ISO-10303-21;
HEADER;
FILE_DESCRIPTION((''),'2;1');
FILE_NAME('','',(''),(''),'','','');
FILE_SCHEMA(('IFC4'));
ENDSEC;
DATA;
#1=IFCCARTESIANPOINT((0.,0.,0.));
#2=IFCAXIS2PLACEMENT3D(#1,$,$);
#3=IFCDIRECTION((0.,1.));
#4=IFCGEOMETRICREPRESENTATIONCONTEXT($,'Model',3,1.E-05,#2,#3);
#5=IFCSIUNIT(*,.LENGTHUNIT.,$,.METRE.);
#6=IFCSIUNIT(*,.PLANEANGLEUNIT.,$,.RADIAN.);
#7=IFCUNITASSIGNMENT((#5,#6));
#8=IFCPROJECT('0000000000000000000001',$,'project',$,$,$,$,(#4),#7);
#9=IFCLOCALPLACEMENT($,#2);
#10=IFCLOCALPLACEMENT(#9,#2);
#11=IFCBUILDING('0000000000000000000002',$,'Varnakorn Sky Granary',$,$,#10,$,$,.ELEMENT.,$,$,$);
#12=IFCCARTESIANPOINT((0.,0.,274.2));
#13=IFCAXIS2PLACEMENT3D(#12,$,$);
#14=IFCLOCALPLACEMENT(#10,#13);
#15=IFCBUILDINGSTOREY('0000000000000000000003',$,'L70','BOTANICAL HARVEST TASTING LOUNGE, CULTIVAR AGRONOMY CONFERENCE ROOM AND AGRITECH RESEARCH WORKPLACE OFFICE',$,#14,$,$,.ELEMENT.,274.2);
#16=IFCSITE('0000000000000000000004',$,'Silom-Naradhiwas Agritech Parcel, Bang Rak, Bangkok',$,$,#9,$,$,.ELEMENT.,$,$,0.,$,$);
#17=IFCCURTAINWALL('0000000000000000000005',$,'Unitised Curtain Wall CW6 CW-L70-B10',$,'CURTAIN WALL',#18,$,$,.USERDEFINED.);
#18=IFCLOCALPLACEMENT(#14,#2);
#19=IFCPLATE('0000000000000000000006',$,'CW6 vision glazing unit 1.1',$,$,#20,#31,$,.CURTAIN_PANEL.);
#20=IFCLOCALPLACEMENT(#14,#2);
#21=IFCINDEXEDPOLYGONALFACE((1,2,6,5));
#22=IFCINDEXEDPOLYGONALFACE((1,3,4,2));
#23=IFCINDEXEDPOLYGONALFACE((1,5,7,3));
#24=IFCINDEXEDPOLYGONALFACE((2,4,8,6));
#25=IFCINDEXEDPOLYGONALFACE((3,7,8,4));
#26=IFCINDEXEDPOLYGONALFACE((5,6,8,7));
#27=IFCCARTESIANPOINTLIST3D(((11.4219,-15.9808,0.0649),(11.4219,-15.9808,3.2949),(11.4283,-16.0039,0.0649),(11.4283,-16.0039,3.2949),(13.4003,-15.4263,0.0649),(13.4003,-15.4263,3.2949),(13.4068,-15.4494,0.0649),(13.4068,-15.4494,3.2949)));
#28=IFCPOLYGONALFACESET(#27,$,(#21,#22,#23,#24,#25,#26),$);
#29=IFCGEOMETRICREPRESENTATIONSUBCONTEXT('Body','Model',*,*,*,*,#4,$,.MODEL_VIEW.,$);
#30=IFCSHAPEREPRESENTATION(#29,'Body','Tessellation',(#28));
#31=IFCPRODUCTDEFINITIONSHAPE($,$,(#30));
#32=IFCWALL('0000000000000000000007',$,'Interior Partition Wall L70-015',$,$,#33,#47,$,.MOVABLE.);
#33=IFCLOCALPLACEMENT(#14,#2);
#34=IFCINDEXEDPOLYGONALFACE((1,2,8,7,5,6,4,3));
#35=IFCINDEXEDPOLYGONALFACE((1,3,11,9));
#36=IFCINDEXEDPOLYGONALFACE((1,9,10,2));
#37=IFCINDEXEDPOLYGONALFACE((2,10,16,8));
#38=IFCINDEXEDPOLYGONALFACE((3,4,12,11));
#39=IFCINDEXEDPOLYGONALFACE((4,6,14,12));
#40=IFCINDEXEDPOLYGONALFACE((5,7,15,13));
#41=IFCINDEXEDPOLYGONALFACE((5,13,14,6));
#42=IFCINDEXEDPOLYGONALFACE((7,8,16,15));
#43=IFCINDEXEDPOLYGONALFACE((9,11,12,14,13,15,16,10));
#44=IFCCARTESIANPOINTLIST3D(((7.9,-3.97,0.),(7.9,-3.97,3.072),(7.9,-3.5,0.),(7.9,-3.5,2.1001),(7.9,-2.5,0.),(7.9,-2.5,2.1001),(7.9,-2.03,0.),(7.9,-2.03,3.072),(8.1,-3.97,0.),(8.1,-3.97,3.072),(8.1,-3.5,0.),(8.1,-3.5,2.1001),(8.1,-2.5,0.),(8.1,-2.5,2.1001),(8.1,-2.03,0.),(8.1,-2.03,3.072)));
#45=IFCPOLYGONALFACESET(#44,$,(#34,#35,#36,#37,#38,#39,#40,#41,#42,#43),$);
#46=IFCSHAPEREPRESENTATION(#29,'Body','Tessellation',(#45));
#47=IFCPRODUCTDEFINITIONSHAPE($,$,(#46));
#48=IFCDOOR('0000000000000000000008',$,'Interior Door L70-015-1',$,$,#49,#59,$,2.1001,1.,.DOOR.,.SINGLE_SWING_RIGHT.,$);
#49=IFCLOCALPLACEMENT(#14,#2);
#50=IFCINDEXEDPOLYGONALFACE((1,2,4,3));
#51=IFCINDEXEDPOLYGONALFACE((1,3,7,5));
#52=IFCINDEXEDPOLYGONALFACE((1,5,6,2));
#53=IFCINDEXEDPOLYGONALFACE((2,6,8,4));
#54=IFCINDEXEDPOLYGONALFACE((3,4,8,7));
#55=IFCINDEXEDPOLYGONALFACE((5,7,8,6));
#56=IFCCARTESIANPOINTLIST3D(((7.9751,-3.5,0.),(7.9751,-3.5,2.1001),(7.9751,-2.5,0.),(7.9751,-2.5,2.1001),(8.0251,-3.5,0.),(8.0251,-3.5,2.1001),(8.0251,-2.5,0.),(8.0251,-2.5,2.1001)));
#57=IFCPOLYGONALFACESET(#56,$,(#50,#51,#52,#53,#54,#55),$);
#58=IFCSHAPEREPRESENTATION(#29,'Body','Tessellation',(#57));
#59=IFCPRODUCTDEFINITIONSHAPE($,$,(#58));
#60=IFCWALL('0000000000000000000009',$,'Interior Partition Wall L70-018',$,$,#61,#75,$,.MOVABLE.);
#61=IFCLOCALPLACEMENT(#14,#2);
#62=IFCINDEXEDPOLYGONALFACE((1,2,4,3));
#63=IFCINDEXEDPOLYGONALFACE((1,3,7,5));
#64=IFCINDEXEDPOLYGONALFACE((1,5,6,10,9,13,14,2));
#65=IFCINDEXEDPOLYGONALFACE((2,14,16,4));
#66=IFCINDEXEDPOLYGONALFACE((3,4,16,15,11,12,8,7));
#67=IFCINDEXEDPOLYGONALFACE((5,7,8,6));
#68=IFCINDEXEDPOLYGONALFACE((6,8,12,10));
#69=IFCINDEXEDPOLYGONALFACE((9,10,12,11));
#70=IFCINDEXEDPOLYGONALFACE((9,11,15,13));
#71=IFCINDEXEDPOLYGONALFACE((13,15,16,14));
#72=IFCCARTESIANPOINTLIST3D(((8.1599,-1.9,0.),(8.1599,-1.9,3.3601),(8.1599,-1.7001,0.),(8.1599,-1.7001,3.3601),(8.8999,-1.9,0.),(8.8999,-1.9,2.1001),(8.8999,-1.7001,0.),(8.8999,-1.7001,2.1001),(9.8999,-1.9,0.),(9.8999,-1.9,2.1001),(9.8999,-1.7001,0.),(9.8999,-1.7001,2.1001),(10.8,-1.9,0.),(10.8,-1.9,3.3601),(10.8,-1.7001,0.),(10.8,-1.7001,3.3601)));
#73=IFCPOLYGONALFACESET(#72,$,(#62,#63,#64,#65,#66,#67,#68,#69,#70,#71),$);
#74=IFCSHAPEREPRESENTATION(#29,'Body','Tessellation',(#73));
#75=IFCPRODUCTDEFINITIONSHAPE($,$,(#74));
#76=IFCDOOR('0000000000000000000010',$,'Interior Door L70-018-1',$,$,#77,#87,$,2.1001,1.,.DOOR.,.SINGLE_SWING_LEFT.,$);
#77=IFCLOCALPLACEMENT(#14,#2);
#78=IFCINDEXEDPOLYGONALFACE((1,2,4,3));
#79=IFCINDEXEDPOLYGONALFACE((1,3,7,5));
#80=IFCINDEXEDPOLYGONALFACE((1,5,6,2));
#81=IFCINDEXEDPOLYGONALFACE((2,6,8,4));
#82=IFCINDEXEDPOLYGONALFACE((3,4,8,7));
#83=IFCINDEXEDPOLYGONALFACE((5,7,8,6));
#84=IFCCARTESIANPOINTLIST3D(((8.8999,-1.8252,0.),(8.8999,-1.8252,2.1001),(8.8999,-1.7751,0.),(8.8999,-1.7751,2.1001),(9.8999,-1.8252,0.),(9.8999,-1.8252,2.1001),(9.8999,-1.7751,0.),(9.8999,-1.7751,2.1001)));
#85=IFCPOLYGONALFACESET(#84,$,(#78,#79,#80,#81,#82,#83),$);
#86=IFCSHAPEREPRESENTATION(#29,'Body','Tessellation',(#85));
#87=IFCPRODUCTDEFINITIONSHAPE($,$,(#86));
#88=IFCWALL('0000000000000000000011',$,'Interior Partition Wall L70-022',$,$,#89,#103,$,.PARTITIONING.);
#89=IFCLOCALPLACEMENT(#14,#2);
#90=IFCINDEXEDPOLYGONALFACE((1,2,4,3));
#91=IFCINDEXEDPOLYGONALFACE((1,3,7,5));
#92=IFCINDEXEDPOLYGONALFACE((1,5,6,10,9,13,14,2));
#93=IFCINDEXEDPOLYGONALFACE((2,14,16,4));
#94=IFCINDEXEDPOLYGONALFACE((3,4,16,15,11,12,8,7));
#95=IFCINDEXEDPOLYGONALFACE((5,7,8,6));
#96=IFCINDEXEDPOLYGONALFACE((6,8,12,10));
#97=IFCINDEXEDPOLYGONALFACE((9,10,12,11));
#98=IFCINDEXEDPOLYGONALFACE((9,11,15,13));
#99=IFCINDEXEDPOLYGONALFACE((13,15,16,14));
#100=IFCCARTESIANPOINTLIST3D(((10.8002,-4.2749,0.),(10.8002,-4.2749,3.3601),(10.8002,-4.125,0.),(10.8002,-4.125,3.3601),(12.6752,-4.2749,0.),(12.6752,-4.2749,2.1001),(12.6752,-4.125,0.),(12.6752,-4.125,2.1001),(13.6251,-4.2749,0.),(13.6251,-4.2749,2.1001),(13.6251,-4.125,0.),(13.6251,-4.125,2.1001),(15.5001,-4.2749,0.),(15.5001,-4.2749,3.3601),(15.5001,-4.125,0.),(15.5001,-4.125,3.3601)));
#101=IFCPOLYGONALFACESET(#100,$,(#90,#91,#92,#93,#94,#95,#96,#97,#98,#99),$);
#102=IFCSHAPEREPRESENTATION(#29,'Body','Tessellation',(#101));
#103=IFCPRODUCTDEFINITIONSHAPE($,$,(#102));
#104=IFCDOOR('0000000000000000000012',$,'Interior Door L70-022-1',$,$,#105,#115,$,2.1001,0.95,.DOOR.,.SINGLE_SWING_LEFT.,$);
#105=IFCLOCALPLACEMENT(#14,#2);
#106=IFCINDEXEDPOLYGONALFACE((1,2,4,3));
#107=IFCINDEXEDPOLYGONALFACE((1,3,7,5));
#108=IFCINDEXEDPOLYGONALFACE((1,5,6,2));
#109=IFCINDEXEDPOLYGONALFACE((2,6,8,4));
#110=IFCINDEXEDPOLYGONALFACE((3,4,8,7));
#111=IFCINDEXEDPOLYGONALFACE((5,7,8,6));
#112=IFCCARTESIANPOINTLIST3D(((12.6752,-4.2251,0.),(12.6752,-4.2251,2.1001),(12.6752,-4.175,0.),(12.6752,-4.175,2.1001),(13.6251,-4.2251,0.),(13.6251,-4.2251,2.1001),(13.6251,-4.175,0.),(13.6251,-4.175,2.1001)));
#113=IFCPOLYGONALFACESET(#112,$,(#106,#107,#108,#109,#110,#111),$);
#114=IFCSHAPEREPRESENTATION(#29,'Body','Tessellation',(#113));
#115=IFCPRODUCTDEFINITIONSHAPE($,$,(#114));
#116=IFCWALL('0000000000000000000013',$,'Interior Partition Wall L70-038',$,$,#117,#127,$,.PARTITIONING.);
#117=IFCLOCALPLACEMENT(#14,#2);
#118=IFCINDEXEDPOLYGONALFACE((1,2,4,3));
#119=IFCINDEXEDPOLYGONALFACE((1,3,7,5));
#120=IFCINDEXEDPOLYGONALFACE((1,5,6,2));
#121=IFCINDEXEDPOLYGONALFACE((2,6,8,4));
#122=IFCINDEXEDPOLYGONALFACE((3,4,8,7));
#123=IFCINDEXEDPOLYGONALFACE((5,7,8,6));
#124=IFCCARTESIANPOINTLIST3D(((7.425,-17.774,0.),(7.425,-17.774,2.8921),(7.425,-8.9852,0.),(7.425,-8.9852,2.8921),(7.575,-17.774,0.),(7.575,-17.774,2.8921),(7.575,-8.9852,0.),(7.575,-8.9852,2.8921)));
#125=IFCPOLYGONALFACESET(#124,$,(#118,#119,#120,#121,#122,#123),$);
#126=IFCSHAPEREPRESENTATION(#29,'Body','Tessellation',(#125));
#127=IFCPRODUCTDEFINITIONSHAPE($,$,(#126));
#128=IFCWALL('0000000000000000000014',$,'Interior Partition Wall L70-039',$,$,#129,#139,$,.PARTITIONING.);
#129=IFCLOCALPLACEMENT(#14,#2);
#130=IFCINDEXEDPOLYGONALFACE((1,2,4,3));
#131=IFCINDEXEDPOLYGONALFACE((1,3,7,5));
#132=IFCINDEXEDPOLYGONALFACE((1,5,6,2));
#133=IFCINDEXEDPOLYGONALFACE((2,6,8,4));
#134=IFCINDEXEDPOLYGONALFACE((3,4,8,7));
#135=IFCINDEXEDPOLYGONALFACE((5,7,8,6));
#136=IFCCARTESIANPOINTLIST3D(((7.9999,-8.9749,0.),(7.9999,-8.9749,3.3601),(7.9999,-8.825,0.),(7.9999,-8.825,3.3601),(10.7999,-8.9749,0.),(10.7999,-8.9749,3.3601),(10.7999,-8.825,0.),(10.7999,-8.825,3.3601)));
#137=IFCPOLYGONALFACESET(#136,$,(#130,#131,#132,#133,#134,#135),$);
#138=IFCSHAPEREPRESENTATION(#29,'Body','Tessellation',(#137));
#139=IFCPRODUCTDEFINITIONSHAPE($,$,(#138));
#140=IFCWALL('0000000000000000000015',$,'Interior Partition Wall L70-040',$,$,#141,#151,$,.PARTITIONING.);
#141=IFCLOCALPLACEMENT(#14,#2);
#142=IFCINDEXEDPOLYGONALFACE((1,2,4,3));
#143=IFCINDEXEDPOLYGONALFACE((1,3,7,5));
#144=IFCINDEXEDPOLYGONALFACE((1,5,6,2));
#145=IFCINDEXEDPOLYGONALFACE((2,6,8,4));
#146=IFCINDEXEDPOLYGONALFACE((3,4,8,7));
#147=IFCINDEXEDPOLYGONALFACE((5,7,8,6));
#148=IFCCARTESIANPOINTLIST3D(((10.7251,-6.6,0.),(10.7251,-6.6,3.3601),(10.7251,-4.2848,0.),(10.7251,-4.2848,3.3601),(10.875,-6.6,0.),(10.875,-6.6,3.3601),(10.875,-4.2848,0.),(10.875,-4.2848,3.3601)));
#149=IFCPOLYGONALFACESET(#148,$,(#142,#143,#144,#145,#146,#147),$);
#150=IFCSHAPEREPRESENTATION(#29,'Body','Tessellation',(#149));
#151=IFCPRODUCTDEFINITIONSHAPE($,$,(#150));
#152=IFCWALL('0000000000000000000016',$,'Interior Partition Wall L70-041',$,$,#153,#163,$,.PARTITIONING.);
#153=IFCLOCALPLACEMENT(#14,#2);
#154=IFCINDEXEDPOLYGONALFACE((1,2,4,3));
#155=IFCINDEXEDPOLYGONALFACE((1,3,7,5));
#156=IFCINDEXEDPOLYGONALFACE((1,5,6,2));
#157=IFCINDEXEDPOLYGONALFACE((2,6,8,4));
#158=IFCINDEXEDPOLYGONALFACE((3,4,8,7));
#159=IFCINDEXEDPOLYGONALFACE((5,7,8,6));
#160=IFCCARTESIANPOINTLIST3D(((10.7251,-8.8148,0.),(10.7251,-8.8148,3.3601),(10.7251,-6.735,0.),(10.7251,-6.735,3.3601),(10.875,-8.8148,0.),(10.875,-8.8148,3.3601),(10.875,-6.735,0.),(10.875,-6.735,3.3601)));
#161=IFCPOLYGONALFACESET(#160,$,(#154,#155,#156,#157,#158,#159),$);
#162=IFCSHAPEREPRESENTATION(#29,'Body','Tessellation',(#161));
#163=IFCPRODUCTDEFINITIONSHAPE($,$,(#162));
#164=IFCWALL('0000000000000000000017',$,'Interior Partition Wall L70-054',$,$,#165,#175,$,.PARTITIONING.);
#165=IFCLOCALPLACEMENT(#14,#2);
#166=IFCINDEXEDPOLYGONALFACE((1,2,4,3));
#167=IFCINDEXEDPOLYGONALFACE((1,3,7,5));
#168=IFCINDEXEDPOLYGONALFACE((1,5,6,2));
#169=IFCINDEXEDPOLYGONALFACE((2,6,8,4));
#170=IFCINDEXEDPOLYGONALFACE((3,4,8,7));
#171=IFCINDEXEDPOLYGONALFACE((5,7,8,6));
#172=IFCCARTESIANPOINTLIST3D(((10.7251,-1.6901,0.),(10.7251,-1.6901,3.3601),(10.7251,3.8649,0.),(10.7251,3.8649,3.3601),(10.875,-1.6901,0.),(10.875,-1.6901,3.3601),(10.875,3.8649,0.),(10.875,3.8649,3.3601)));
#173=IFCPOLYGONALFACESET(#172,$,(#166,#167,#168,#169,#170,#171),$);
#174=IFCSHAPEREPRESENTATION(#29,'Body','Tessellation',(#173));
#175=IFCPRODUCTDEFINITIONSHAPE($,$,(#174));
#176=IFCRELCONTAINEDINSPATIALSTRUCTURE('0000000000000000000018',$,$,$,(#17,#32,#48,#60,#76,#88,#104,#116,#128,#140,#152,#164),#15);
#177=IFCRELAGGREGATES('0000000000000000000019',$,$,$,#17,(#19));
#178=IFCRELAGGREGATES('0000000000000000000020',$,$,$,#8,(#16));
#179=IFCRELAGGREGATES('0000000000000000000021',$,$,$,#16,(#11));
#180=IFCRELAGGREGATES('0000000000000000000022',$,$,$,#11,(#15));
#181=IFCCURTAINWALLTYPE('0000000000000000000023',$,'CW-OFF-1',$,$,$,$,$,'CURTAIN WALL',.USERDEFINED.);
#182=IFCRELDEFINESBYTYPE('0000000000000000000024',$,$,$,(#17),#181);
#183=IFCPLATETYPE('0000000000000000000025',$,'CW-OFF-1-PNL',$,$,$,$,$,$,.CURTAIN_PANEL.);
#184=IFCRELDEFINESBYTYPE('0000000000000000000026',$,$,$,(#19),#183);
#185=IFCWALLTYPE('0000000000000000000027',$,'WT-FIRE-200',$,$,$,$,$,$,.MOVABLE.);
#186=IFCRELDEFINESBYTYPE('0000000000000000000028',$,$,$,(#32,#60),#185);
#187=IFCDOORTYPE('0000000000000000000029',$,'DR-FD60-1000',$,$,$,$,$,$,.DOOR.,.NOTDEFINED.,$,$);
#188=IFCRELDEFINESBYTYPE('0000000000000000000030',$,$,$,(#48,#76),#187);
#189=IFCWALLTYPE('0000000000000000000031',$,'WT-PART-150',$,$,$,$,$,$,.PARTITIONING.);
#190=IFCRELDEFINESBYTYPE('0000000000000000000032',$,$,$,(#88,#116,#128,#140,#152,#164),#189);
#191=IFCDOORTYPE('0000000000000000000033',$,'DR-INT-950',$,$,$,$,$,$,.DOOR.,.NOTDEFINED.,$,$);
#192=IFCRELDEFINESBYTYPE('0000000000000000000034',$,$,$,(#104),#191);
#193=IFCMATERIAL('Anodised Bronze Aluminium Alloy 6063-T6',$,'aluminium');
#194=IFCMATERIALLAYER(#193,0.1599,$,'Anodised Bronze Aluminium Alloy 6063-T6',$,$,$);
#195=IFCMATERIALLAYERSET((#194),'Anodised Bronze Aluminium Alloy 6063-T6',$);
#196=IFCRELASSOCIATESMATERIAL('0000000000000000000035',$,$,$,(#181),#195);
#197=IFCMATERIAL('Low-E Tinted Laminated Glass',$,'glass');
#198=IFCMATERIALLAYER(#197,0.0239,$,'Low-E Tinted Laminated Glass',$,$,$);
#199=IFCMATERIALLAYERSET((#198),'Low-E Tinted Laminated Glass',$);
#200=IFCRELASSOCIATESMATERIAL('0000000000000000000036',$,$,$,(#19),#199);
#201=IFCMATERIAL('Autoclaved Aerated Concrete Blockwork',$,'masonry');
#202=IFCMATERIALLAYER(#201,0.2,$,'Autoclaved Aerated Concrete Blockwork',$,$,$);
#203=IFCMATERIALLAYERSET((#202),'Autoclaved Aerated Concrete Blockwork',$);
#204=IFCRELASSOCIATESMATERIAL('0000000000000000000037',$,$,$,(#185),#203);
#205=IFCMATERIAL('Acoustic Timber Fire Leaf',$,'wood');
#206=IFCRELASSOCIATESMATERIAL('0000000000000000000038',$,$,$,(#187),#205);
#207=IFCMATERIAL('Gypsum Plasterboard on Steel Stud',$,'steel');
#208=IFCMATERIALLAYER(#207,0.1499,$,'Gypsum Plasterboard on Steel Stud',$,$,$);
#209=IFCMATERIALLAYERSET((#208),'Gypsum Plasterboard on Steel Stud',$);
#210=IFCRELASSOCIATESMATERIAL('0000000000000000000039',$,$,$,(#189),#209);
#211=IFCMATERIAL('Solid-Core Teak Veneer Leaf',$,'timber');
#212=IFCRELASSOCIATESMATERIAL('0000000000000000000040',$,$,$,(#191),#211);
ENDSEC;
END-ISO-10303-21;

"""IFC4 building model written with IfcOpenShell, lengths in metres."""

from ifc_helpers import new_model, si_unit, direction, frame, frame_2d, origin, origin_2d, place, context, subcontext, project, spatial, rectangle, extrude, source, transform, mapped, material, layer, layer_set, type_object, type_shapes, element, fill, aggregate, save


model = new_model("IFC4")

# Units and contexts
model_context = context("Model", 3, precision=1e-05, world=origin(), true_north=direction((0.0, 1.0)))
body_context = subcontext(model_context, "Body", "Model", "MODEL_VIEW")
ifc_project = project(units=[si_unit("LENGTHUNIT", "METRE"), si_unit("PLANEANGLEUNIT", "RADIAN")], contexts=[model_context])

# Site, building, storey
site_placement = place(None, origin())
site = spatial("IfcSite", under=ifc_project, at=site_placement, Name="Silom-Naradhiwas Agritech Parcel, Bang Rak, Bangkok", CompositionType="ELEMENT", RefElevation=0.0)
building_placement = place(site_placement, origin())
building = spatial("IfcBuilding", under=site, at=building_placement, Name="Varnakorn Sky Granary", CompositionType="ELEMENT")
storey_placement = place(building_placement, frame((0.0, 0.0, 274.2)))
storey = spatial("IfcBuildingStorey", under=building, at=storey_placement, Name="L70", Description="BOTANICAL HARVEST TASTING LOUNGE, CULTIVAR AGRONOMY CONFERENCE ROOM AND AGRITECH RESEARCH WORKPLACE OFFICE", CompositionType="ELEMENT", Elevation=274.2)

# Curtain wall, plate
ifc_material_1 = material(Name="Anodised Bronze Aluminium Alloy 6063-T6", Category="aluminium")
ifc_layer_1 = layer(ifc_material_1, 0.1599, Name="Anodised Bronze Aluminium Alloy 6063-T6")
ifc_layer_set_1 = layer_set([ifc_layer_1], Name="Anodised Bronze Aluminium Alloy 6063-T6")
curtain_wall_type = type_object("IfcCurtainWallType", Name="CW-OFF-1", ElementType="CURTAIN WALL", PredefinedType="USERDEFINED", material=ifc_layer_set_1)
curtain_wall_placement = place(storey_placement, origin())
curtain_wall = element("IfcCurtainWall", 1, at=curtain_wall_placement, inside=storey, type_object=curtain_wall_type, Name="Unitised Curtain Wall CW6 CW-L70-B10", ObjectType="CURTAIN WALL", PredefinedType="USERDEFINED")
ifc_material_2 = material(Name="Low-E Tinted Laminated Glass", Category="glass")
ifc_layer_2 = layer(ifc_material_2, 0.0239, Name="Low-E Tinted Laminated Glass")
ifc_layer_set_2 = layer_set([ifc_layer_2], Name="Low-E Tinted Laminated Glass")
plate_type = type_object("IfcPlateType", Name="CW-OFF-1-PNL", PredefinedType="CURTAIN_PANEL")
shared_shape = source(origin(), body_context, "Body", "SweptSolid", [
    extrude(rectangle(XDim=2.0547, YDim=0.0239, at=origin_2d()), origin(), (0.0, 0.0, 1.0), 3.23),
])
type_shapes(plate_type, [shared_shape])
plate_placement = place(storey_placement, frame((12.4143, -15.7151, 0.0649), z_axis=(0.0, 0.0, 1.0), x_axis=(-0.962897, -0.269869, 0.0)))
plate = element("IfcPlate", 2, at=plate_placement, type_object=plate_type, material=ifc_layer_set_2, Name="CW6 vision glazing unit 1.1", PredefinedType="CURTAIN_PANEL", context=body_context, shape_type="MappedRepresentation", body=[
    mapped(shared_shape, transform((0.0, 0.0, 0.0), x_axis=(1.0, 0.0, 0.0), y_axis=(0.0, 1.0, 0.0), z_axis=(0.0, 0.0, 1.0), scale=1.0)),
])
aggregate(curtain_wall, [plate])

# Walls, openings, doors
ifc_material_3 = material(Name="Autoclaved Aerated Concrete Blockwork", Category="masonry")
ifc_layer_3 = layer(ifc_material_3, 0.2, Name="Autoclaved Aerated Concrete Blockwork")
ifc_layer_set_3 = layer_set([ifc_layer_3], Name="Autoclaved Aerated Concrete Blockwork")
wall_type_1 = type_object("IfcWallType", Name="WT-FIRE-200", PredefinedType="MOVABLE", material=ifc_layer_set_3)
wall_1_placement = place(storey_placement, frame((8.0, -3.97, 0.0), z_axis=(0.0, 0.0, 1.0), x_axis=(0.0, 1.0, 0.0)))
wall_1 = element("IfcWall", 3, at=wall_1_placement, inside=storey, type_object=wall_type_1, Name="Interior Partition Wall L70-015", PredefinedType="MOVABLE", context=body_context, shape_type="SweptSolid", body=[
    extrude(rectangle(XDim=1.9399, YDim=0.2, at=frame_2d((0.97, 0.0))), origin(), (0.0, 0.0, 1.0), 3.072),
])
opening_1_placement = place(wall_1_placement, frame((0.47, 0.0, 0.0)))
opening_1 = element("IfcOpeningElement", 4, at=opening_1_placement, cuts=wall_1, PredefinedType="OPENING", context=body_context, shape_type="SweptSolid", body=[
    extrude(rectangle(XDim=1.0, YDim=2.1001, at=frame_2d((0.5, 1.05))), frame((0.0, 0.1099, 0.0), z_axis=(0.0, -1.0, 0.0), x_axis=(1.0, 0.0, 0.0)), (0.0, 0.0, 1.0), 0.22),
])
ifc_material_4 = material(Name="Acoustic Timber Fire Leaf", Category="wood")
door_type_1 = type_object("IfcDoorType", Name="DR-FD60-1000", OperationType="NOTDEFINED", PredefinedType="DOOR", material=ifc_material_4)
door_1_placement = place(opening_1_placement, origin())
door_1 = element("IfcDoor", 5, at=door_1_placement, inside=storey, type_object=door_type_1, Name="Interior Door L70-015-1", OperationType="SINGLE_SWING_RIGHT", OverallHeight=2.1001, OverallWidth=1.0, PredefinedType="DOOR", context=body_context, shape_type="SweptSolid", body=[
    extrude(rectangle(XDim=1.0, YDim=2.1001, at=frame_2d((0.5, 1.05))), frame((0.0, 0.0249, 0.0), z_axis=(0.0, -1.0, 0.0), x_axis=(1.0, 0.0, 0.0)), (0.0, 0.0, 1.0), 0.05),
])
fill(opening_1, door_1)
wall_2_placement = place(storey_placement, frame((8.1599, -1.8, 0.0), z_axis=(0.0, 0.0, 1.0), x_axis=(1.0, 0.0, 0.0)))
wall_2 = element("IfcWall", 6, at=wall_2_placement, inside=storey, type_object=wall_type_1, Name="Interior Partition Wall L70-018", PredefinedType="MOVABLE", context=body_context, shape_type="SweptSolid", body=[
    extrude(rectangle(XDim=2.6401, YDim=0.2, at=frame_2d((1.3201, 0.0))), origin(), (0.0, 0.0, 1.0), 3.3601),
])
opening_2_placement = place(wall_2_placement, frame((0.74, 0.0, 0.0)))
opening_2 = element("IfcOpeningElement", 7, at=opening_2_placement, cuts=wall_2, PredefinedType="OPENING", context=body_context, shape_type="SweptSolid", body=[
    extrude(rectangle(XDim=1.0, YDim=2.1001, at=frame_2d((0.5, 1.05))), frame((0.0, 0.1099, 0.0), z_axis=(0.0, -1.0, 0.0), x_axis=(1.0, 0.0, 0.0)), (0.0, 0.0, 1.0), 0.22),
])
door_2_placement = place(opening_2_placement, origin())
door_2 = element("IfcDoor", 8, at=door_2_placement, inside=storey, type_object=door_type_1, Name="Interior Door L70-018-1", OperationType="SINGLE_SWING_LEFT", OverallHeight=2.1001, OverallWidth=1.0, PredefinedType="DOOR", context=body_context, shape_type="SweptSolid", body=[
    extrude(rectangle(XDim=1.0, YDim=2.1001, at=frame_2d((0.5, 1.05))), frame((0.0, 0.0249, 0.0), z_axis=(0.0, -1.0, 0.0), x_axis=(1.0, 0.0, 0.0)), (0.0, 0.0, 1.0), 0.05),
])
fill(opening_2, door_2)
ifc_material_5 = material(Name="Gypsum Plasterboard on Steel Stud", Category="steel")
ifc_layer_4 = layer(ifc_material_5, 0.1499, Name="Gypsum Plasterboard on Steel Stud")
ifc_layer_set_4 = layer_set([ifc_layer_4], Name="Gypsum Plasterboard on Steel Stud")
wall_type_2 = type_object("IfcWallType", Name="WT-PART-150", PredefinedType="PARTITIONING", material=ifc_layer_set_4)
wall_3_placement = place(storey_placement, frame((10.8, -4.2, 0.0), z_axis=(0.0, 0.0, 1.0), x_axis=(1.0, 0.0, 0.0)))
wall_3 = element("IfcWall", 9, at=wall_3_placement, inside=storey, type_object=wall_type_2, Name="Interior Partition Wall L70-022", PredefinedType="PARTITIONING", context=body_context, shape_type="SweptSolid", body=[
    extrude(rectangle(XDim=4.7, YDim=0.1499, at=frame_2d((2.3501, 0.0))), origin(), (0.0, 0.0, 1.0), 3.3601),
])
opening_3_placement = place(wall_3_placement, frame((1.875, 0.0, 0.0)))
opening_3 = element("IfcOpeningElement", 10, at=opening_3_placement, cuts=wall_3, PredefinedType="OPENING", context=body_context, shape_type="SweptSolid", body=[
    extrude(rectangle(XDim=0.95, YDim=2.1001, at=frame_2d((0.4751, 1.05))), frame((0.0, 0.085, 0.0), z_axis=(0.0, -1.0, 0.0), x_axis=(1.0, 0.0, 0.0)), (0.0, 0.0, 1.0), 0.1699),
])
ifc_material_6 = material(Name="Solid-Core Teak Veneer Leaf", Category="timber")
door_type_2 = type_object("IfcDoorType", Name="DR-INT-950", OperationType="NOTDEFINED", PredefinedType="DOOR", material=ifc_material_6)
door_3_placement = place(opening_3_placement, origin())
door_3 = element("IfcDoor", 11, at=door_3_placement, inside=storey, type_object=door_type_2, Name="Interior Door L70-022-1", OperationType="SINGLE_SWING_LEFT", OverallHeight=2.1001, OverallWidth=0.95, PredefinedType="DOOR", context=body_context, shape_type="SweptSolid", body=[
    extrude(rectangle(XDim=0.95, YDim=2.1001, at=frame_2d((0.4751, 1.05))), frame((0.0, 0.0249, 0.0), z_axis=(0.0, -1.0, 0.0), x_axis=(1.0, 0.0, 0.0)), (0.0, 0.0, 1.0), 0.05),
])
fill(opening_3, door_3)

# Walls
wall_4_placement = place(storey_placement, frame((7.5, -8.9851, 0.0), z_axis=(0.0, 0.0, 1.0), x_axis=(0.0, -1.0, 0.0)))
element("IfcWall", 12, at=wall_4_placement, inside=storey, type_object=wall_type_2, Name="Interior Partition Wall L70-038", PredefinedType="PARTITIONING", context=body_context, shape_type="SweptSolid", body=[
    extrude(rectangle(XDim=8.7888, YDim=0.1499, at=frame_2d((4.3945, 0.0))), origin(), (0.0, 0.0, 1.0), 2.8921),
])
wall_5_placement = place(storey_placement, frame((8.0, -8.8999, 0.0), z_axis=(0.0, 0.0, 1.0), x_axis=(1.0, 0.0, 0.0)))
element("IfcWall", 13, at=wall_5_placement, inside=storey, type_object=wall_type_2, Name="Interior Partition Wall L70-039", PredefinedType="PARTITIONING", context=body_context, shape_type="SweptSolid", body=[
    extrude(rectangle(XDim=2.8, YDim=0.1499, at=frame_2d((1.3999, 0.0))), origin(), (0.0, 0.0, 1.0), 3.3601),
])
wall_6_placement = place(storey_placement, frame((10.8, -6.6001, 0.0), z_axis=(0.0, 0.0, 1.0), x_axis=(0.0, 1.0, 0.0)))
element("IfcWall", 14, at=wall_6_placement, inside=storey, type_object=wall_type_2, Name="Interior Partition Wall L70-040", PredefinedType="PARTITIONING", context=body_context, shape_type="SweptSolid", body=[
    extrude(rectangle(XDim=2.3152, YDim=0.1499, at=frame_2d((1.1577, 0.0))), origin(), (0.0, 0.0, 1.0), 3.3601),
])
wall_7_placement = place(storey_placement, frame((10.8, -8.8149, 0.0), z_axis=(0.0, 0.0, 1.0), x_axis=(0.0, 1.0, 0.0)))
element("IfcWall", 15, at=wall_7_placement, inside=storey, type_object=wall_type_2, Name="Interior Partition Wall L70-041", PredefinedType="PARTITIONING", context=body_context, shape_type="SweptSolid", body=[
    extrude(rectangle(XDim=2.0798, YDim=0.1499, at=frame_2d((1.04, 0.0))), origin(), (0.0, 0.0, 1.0), 3.3601),
])
wall_8_placement = place(storey_placement, frame((10.8, -1.6899, 0.0), z_axis=(0.0, 0.0, 1.0), x_axis=(0.0, 1.0, 0.0)))
element("IfcWall", 16, at=wall_8_placement, inside=storey, type_object=wall_type_2, Name="Interior Partition Wall L70-054", PredefinedType="PARTITIONING", context=body_context, shape_type="SweptSolid", body=[
    extrude(rectangle(XDim=5.5549, YDim=0.1499, at=frame_2d((2.7773, 0.0))), origin(), (0.0, 0.0, 1.0), 3.3601),
])

save(model, "model.ifc")
